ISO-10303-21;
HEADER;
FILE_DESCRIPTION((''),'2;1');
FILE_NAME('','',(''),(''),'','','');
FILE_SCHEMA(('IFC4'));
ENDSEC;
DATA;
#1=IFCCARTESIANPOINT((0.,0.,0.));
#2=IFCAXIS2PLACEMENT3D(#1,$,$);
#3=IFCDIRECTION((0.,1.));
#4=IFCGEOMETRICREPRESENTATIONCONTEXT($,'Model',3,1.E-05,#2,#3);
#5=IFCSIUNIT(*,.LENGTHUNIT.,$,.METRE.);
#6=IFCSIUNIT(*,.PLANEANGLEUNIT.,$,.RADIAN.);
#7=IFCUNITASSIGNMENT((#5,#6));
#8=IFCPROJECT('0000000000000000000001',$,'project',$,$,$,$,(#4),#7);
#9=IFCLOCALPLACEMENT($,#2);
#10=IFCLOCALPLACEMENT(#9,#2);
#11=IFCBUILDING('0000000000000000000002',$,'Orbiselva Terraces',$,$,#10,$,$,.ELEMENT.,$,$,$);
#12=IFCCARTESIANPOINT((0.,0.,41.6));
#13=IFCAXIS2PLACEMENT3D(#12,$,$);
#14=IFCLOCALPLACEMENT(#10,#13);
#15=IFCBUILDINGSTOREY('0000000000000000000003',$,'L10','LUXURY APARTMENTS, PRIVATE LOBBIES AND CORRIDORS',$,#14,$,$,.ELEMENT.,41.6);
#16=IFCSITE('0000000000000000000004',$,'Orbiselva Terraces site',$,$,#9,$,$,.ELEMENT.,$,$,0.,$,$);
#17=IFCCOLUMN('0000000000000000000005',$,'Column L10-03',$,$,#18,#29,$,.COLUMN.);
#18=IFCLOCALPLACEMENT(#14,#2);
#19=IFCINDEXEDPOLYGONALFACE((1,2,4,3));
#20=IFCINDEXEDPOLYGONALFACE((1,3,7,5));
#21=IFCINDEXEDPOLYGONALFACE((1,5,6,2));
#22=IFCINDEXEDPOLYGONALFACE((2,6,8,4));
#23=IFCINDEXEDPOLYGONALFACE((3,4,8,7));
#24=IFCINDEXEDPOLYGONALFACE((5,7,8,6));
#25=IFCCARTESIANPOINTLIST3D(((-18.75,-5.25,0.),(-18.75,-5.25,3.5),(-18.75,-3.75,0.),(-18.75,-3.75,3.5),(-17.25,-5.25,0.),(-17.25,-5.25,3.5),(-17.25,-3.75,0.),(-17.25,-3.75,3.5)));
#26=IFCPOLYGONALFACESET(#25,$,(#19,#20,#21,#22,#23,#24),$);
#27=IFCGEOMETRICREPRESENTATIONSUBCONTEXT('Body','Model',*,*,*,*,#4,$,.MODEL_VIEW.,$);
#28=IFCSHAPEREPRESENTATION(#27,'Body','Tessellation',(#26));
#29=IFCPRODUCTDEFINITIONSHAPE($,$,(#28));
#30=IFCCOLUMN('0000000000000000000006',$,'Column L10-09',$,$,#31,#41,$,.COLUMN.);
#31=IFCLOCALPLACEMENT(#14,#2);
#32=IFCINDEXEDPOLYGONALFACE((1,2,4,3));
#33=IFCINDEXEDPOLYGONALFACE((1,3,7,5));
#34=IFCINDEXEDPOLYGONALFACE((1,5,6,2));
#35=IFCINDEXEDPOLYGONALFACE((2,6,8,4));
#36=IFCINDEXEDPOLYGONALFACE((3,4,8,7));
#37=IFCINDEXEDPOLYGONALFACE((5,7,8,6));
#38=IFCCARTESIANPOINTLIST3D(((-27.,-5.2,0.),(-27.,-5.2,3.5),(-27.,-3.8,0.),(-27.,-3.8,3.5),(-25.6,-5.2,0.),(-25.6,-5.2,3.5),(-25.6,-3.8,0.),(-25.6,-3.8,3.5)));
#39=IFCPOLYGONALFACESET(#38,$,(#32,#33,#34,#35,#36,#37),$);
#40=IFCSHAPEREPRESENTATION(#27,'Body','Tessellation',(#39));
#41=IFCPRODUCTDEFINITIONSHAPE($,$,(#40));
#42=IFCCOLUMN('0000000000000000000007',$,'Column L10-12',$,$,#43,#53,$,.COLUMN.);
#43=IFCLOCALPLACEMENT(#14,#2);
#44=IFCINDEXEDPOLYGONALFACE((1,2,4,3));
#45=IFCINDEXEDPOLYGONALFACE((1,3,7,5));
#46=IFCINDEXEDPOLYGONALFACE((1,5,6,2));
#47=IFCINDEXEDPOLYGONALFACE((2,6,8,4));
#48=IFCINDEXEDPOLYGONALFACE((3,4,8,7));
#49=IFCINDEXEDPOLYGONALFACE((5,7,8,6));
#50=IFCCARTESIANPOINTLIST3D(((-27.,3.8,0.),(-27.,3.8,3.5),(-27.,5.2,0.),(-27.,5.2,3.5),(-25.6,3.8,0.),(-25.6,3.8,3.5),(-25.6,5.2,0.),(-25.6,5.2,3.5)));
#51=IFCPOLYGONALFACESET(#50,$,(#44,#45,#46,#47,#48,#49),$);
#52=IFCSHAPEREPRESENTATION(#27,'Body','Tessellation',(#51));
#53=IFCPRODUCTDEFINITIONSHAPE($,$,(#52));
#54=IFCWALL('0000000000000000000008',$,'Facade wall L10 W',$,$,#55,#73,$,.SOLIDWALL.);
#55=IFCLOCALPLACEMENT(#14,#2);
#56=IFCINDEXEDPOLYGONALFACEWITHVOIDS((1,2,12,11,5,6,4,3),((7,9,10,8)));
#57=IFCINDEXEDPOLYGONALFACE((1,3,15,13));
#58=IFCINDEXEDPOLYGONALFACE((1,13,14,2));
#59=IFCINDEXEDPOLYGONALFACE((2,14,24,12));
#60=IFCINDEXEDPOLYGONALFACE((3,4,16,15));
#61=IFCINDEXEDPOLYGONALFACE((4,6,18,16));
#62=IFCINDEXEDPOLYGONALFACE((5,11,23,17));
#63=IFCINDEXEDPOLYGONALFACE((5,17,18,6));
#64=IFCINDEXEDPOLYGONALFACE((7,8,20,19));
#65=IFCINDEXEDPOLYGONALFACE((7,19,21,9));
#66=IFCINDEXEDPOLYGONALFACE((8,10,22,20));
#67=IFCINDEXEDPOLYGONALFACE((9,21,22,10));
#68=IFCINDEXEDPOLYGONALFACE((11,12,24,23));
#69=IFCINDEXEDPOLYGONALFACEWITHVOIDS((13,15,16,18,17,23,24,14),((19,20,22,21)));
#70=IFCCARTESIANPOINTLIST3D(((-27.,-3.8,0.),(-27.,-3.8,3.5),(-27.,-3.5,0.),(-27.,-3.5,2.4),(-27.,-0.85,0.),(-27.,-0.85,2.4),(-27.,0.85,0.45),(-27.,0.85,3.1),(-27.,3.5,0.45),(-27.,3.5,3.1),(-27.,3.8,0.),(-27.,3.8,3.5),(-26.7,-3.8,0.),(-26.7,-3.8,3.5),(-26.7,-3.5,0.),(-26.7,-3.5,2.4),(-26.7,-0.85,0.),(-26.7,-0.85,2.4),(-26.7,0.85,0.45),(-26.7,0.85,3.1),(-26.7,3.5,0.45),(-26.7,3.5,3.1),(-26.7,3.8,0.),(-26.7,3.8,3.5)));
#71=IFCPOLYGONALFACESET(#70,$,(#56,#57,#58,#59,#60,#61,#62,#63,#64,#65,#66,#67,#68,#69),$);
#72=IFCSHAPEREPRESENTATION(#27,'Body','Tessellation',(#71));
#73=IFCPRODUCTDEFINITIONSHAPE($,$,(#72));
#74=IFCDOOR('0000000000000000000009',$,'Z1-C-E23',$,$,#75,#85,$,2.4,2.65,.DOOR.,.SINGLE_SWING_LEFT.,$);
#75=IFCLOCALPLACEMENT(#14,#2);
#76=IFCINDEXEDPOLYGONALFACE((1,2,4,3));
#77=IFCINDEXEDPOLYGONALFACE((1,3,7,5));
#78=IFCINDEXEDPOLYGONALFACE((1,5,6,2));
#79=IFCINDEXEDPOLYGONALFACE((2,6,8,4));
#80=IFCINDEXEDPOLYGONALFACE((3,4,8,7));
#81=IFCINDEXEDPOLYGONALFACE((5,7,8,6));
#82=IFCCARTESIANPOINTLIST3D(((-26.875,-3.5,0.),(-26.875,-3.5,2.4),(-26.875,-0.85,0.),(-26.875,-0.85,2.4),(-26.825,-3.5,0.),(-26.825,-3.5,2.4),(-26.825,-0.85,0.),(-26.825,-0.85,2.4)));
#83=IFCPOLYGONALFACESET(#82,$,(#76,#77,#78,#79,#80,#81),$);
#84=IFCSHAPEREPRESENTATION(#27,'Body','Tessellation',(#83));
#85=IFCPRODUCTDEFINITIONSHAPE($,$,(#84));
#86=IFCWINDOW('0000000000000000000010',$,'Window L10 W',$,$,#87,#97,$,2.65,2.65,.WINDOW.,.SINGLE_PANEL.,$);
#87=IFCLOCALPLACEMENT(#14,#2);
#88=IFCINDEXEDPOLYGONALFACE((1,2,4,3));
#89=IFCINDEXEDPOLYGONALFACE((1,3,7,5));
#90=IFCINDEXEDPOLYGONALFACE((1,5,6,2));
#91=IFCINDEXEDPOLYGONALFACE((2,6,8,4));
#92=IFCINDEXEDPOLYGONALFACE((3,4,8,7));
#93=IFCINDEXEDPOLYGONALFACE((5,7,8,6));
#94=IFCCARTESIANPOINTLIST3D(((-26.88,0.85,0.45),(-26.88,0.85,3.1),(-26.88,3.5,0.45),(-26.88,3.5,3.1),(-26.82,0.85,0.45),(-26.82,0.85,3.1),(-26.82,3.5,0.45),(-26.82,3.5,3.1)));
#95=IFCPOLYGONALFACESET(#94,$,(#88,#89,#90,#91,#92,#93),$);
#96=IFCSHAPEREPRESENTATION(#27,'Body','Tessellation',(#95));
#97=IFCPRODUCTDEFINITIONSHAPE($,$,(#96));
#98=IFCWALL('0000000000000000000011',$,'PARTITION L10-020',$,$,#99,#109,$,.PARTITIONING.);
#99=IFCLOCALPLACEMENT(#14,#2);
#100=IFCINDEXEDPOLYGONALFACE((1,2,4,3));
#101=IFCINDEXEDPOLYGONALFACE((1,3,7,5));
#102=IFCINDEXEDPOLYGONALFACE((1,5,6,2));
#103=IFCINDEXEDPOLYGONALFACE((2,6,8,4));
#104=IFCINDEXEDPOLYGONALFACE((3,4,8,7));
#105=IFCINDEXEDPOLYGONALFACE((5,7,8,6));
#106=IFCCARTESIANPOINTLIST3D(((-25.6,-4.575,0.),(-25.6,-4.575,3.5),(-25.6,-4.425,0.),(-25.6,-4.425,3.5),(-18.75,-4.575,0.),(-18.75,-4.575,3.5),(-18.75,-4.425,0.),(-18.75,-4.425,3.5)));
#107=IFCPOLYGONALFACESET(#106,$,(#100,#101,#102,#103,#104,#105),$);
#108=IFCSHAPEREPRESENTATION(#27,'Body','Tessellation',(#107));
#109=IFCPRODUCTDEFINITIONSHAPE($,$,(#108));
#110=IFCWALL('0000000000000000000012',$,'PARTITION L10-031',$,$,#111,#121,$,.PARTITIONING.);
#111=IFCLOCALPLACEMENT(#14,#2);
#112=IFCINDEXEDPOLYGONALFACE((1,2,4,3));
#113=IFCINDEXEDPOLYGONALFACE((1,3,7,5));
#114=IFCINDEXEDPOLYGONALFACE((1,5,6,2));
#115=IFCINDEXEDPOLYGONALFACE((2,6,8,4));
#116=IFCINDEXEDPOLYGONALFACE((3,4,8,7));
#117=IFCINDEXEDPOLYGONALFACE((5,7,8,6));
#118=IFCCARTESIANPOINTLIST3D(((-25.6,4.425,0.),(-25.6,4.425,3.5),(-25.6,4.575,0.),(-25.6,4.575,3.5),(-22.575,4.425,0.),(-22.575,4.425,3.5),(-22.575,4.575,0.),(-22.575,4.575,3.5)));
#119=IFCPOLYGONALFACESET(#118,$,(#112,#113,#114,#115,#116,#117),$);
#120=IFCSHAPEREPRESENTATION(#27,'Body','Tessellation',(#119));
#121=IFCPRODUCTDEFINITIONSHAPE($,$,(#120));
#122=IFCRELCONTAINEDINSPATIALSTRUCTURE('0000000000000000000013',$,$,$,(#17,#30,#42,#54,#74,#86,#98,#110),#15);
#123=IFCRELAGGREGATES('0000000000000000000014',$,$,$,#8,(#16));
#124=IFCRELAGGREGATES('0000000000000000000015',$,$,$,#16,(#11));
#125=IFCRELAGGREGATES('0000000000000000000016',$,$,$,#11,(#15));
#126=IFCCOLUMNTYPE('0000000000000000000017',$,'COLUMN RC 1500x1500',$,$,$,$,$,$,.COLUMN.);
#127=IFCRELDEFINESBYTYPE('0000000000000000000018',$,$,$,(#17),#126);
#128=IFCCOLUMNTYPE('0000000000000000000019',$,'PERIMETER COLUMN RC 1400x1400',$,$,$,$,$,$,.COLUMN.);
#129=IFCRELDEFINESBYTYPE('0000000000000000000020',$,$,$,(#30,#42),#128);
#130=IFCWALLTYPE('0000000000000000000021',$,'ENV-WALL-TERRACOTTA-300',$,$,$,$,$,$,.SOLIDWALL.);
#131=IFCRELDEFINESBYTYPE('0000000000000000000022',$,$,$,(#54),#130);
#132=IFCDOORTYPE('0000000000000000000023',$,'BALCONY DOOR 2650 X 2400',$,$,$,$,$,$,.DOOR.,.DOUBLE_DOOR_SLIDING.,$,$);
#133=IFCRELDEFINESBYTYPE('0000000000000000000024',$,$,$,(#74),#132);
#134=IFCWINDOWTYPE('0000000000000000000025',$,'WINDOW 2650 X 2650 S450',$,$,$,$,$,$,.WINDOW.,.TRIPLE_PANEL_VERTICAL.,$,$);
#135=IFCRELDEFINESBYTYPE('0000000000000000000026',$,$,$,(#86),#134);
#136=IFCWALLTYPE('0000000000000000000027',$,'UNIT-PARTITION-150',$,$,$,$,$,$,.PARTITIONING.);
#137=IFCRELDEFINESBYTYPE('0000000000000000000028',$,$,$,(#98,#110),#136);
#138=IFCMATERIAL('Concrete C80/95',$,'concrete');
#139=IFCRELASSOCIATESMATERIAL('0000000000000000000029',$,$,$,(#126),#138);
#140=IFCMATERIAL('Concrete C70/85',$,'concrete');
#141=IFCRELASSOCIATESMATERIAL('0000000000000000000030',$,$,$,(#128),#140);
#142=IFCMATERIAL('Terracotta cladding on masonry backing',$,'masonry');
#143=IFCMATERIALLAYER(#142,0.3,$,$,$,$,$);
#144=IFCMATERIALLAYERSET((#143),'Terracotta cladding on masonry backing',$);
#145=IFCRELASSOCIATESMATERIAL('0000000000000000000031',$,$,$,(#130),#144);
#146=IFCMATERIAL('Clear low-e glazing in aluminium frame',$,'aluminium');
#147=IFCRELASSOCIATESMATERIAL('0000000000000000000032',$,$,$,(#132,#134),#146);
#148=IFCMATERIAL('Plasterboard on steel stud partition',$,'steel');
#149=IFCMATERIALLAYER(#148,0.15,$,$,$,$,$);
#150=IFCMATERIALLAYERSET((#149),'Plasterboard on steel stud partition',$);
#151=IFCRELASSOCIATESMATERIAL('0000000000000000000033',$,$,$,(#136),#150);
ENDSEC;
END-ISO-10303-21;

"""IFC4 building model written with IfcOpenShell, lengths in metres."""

from ifc_helpers import new_model, si_unit, direction, frame, frame_2d, origin, origin_2d, place, context, subcontext, project, spatial, rectangle, extrude, material, layer, layer_set, material_profile, profile_set, type_object, element, fill, save


model = new_model("IFC4")

# Units and contexts
model_context = context("Model", 3, precision=1e-05, world=origin(), true_north=direction((0.0, 1.0)))
body_context = subcontext(model_context, "Body", "Model", "MODEL_VIEW")
ifc_project = project(units=[si_unit("LENGTHUNIT", "METRE"), si_unit("PLANEANGLEUNIT", "RADIAN")], contexts=[model_context])

# Site, building, storey
site_placement = place(None, origin())
site = spatial("IfcSite", under=ifc_project, at=site_placement, Name="Orbiselva Terraces site", CompositionType="ELEMENT", RefElevation=0.0)
building_placement = place(site_placement, origin())
building = spatial("IfcBuilding", under=site, at=building_placement, Name="Orbiselva Terraces", CompositionType="ELEMENT")
storey_placement = place(building_placement, frame((0.0, 0.0, 41.6)))
storey = spatial("IfcBuildingStorey", under=building, at=storey_placement, Name="L10", Description="LUXURY APARTMENTS, PRIVATE LOBBIES AND CORRIDORS", CompositionType="ELEMENT", Elevation=41.6)

# Columns
ifc_material_1 = material(Name="Concrete C80/95", Category="concrete")
ifc_material_profile_1 = material_profile(ifc_material_1, rectangle(XDim=1.5, YDim=1.5, at=origin_2d()), Name="RC 1500x1500")
ifc_profile_set_1 = profile_set([ifc_material_profile_1], Name="Concrete C80/95")
column_type_1 = type_object("IfcColumnType", Name="COLUMN RC 1500x1500", PredefinedType="COLUMN", material=ifc_profile_set_1)
column_placement = place(storey_placement, frame((-18.0, -4.5, 0.0), z_axis=(0.0, 0.0, 1.0), x_axis=(1.0, 0.0, 0.0)))
element("IfcColumn", 1, at=column_placement, inside=storey, type_object=column_type_1, Name="Column L10-03", PredefinedType="COLUMN", context=body_context, shape_type="SweptSolid", body=[
    extrude(rectangle(XDim=1.5, YDim=1.5, at=origin_2d()), origin(), (0.0, 0.0, 1.0), 3.5),
])
ifc_material_2 = material(Name="Concrete C70/85", Category="concrete")
ifc_material_profile_2 = material_profile(ifc_material_2, rectangle(XDim=1.4, YDim=1.4, at=origin_2d()), Name="RC 1400x1400")
ifc_profile_set_2 = profile_set([ifc_material_profile_2], Name="Concrete C70/85")
column_type_2 = type_object("IfcColumnType", Name="PERIMETER COLUMN RC 1400x1400", PredefinedType="COLUMN", material=ifc_profile_set_2)
for number, where, z_axis, x_axis, name in (
    (2, (-26.3, -4.5, 0.0), (0.0, 0.0, 1.0), (1.0, 0.0, 0.0), "Column L10-09"),
    (3, (-26.3, 4.5, 0.0), (0.0, 0.0, 1.0), (1.0, 0.0, 0.0), "Column L10-12"),
):
    element("IfcColumn", number, at=place(storey_placement, frame(where, z_axis=z_axis, x_axis=x_axis)), inside=storey, type_object=column_type_2, Name=name, PredefinedType="COLUMN", context=body_context, shape_type="SweptSolid", body=[
        extrude(rectangle(XDim=1.4, YDim=1.4, at=origin_2d()), origin(), (0.0, 0.0, 1.0), 3.5),
    ])

# Wall, openings, door, window
ifc_material_3 = material(Name="Terracotta cladding on masonry backing", Category="masonry")
ifc_layer_1 = layer(ifc_material_3, 0.3)
ifc_layer_set_1 = layer_set([ifc_layer_1], Name="Terracotta cladding on masonry backing")
wall_type_1 = type_object("IfcWallType", Name="ENV-WALL-TERRACOTTA-300", PredefinedType="SOLIDWALL", material=ifc_layer_set_1)
wall_1_placement = place(storey_placement, frame((-26.85, -3.8, 0.0), z_axis=(0.0, 0.0, 1.0), x_axis=(0.0, 1.0, 0.0)))
wall_1 = element("IfcWall", 4, at=wall_1_placement, inside=storey, type_object=wall_type_1, Name="Facade wall L10 W", PredefinedType="SOLIDWALL", context=body_context, shape_type="SweptSolid", body=[
    extrude(rectangle(XDim=7.6, YDim=0.3, at=frame_2d((3.8, 0.0))), origin(), (0.0, 0.0, 1.0), 3.5),
])
opening_1_placement = place(wall_1_placement, frame((4.65, 0.0, 0.45)))
opening_1 = element("IfcOpeningElement", 5, at=opening_1_placement, cuts=wall_1, PredefinedType="OPENING", context=body_context, shape_type="SweptSolid", body=[
    extrude(rectangle(XDim=2.65, YDim=2.65, at=frame_2d((1.325, 1.325))), frame((0.0, 0.16, 0.0), z_axis=(0.0, -1.0, 0.0), x_axis=(1.0, 0.0, 0.0)), (0.0, 0.0, 1.0), 0.32),
])
opening_2_placement = place(wall_1_placement, frame((0.3, 0.0, 0.0)))
opening_2 = element("IfcOpeningElement", 6, at=opening_2_placement, cuts=wall_1, PredefinedType="OPENING", context=body_context, shape_type="SweptSolid", body=[
    extrude(rectangle(XDim=2.65, YDim=2.4, at=frame_2d((1.325, 1.2))), frame((0.0, 0.16, 0.0), z_axis=(0.0, -1.0, 0.0), x_axis=(1.0, 0.0, 0.0)), (0.0, 0.0, 1.0), 0.32),
])
ifc_material_4 = material(Name="Clear low-e glazing in aluminium frame", Category="aluminium")
door_type_1 = type_object("IfcDoorType", Name="BALCONY DOOR 2650 X 2400", OperationType="DOUBLE_DOOR_SLIDING", PredefinedType="DOOR", material=ifc_material_4)
door_1_placement = place(opening_2_placement, origin())
door_1 = element("IfcDoor", 7, at=door_1_placement, inside=storey, type_object=door_type_1, Name="Z1-C-E23", OperationType="SINGLE_SWING_LEFT", OverallHeight=2.4, OverallWidth=2.65, PredefinedType="DOOR", context=body_context, shape_type="SweptSolid", body=[
    extrude(rectangle(XDim=2.65, YDim=2.4, at=frame_2d((1.325, 1.2))), frame((0.0, 0.025, 0.0), z_axis=(0.0, -1.0, 0.0), x_axis=(1.0, 0.0, 0.0)), (0.0, 0.0, 1.0), 0.05),
])
fill(opening_2, door_1)
window_type = type_object("IfcWindowType", Name="WINDOW 2650 X 2650 S450", PartitioningType="TRIPLE_PANEL_VERTICAL", PredefinedType="WINDOW", material=ifc_material_4)
window_placement = place(opening_1_placement, origin())
window = element("IfcWindow", 8, at=window_placement, inside=storey, type_object=window_type, Name="Window L10 W", OverallHeight=2.65, OverallWidth=2.65, PartitioningType="SINGLE_PANEL", PredefinedType="WINDOW", context=body_context, shape_type="SweptSolid", body=[
    extrude(rectangle(XDim=2.65, YDim=2.65, at=frame_2d((1.325, 1.325))), frame((0.0, 0.03, 0.0), z_axis=(0.0, -1.0, 0.0), x_axis=(1.0, 0.0, 0.0)), (0.0, 0.0, 1.0), 0.06),
])
fill(opening_1, window)

# Walls
ifc_material_5 = material(Name="Plasterboard on steel stud partition", Category="steel")
ifc_layer_2 = layer(ifc_material_5, 0.15)
ifc_layer_set_2 = layer_set([ifc_layer_2], Name="Plasterboard on steel stud partition")
wall_type_2 = type_object("IfcWallType", Name="UNIT-PARTITION-150", PredefinedType="PARTITIONING", material=ifc_layer_set_2)
wall_2_placement = place(storey_placement, frame((-25.6, -4.5, 0.0), z_axis=(0.0, 0.0, 1.0), x_axis=(1.0, 0.0, 0.0)))
element("IfcWall", 9, at=wall_2_placement, inside=storey, type_object=wall_type_2, Name="PARTITION L10-020", PredefinedType="PARTITIONING", context=body_context, shape_type="SweptSolid", body=[
    extrude(rectangle(XDim=6.85, YDim=0.15, at=frame_2d((3.425, 0.0))), origin(), (0.0, 0.0, 1.0), 3.5),
])
wall_3_placement = place(storey_placement, frame((-25.6, 4.5, 0.0), z_axis=(0.0, 0.0, 1.0), x_axis=(1.0, 0.0, 0.0)))
element("IfcWall", 10, at=wall_3_placement, inside=storey, type_object=wall_type_2, Name="PARTITION L10-031", PredefinedType="PARTITIONING", context=body_context, shape_type="SweptSolid", body=[
    extrude(rectangle(XDim=3.025, YDim=0.15, at=frame_2d((1.5125, 0.0))), origin(), (0.0, 0.0, 1.0), 3.5),
])

save(model, "model.ifc")
